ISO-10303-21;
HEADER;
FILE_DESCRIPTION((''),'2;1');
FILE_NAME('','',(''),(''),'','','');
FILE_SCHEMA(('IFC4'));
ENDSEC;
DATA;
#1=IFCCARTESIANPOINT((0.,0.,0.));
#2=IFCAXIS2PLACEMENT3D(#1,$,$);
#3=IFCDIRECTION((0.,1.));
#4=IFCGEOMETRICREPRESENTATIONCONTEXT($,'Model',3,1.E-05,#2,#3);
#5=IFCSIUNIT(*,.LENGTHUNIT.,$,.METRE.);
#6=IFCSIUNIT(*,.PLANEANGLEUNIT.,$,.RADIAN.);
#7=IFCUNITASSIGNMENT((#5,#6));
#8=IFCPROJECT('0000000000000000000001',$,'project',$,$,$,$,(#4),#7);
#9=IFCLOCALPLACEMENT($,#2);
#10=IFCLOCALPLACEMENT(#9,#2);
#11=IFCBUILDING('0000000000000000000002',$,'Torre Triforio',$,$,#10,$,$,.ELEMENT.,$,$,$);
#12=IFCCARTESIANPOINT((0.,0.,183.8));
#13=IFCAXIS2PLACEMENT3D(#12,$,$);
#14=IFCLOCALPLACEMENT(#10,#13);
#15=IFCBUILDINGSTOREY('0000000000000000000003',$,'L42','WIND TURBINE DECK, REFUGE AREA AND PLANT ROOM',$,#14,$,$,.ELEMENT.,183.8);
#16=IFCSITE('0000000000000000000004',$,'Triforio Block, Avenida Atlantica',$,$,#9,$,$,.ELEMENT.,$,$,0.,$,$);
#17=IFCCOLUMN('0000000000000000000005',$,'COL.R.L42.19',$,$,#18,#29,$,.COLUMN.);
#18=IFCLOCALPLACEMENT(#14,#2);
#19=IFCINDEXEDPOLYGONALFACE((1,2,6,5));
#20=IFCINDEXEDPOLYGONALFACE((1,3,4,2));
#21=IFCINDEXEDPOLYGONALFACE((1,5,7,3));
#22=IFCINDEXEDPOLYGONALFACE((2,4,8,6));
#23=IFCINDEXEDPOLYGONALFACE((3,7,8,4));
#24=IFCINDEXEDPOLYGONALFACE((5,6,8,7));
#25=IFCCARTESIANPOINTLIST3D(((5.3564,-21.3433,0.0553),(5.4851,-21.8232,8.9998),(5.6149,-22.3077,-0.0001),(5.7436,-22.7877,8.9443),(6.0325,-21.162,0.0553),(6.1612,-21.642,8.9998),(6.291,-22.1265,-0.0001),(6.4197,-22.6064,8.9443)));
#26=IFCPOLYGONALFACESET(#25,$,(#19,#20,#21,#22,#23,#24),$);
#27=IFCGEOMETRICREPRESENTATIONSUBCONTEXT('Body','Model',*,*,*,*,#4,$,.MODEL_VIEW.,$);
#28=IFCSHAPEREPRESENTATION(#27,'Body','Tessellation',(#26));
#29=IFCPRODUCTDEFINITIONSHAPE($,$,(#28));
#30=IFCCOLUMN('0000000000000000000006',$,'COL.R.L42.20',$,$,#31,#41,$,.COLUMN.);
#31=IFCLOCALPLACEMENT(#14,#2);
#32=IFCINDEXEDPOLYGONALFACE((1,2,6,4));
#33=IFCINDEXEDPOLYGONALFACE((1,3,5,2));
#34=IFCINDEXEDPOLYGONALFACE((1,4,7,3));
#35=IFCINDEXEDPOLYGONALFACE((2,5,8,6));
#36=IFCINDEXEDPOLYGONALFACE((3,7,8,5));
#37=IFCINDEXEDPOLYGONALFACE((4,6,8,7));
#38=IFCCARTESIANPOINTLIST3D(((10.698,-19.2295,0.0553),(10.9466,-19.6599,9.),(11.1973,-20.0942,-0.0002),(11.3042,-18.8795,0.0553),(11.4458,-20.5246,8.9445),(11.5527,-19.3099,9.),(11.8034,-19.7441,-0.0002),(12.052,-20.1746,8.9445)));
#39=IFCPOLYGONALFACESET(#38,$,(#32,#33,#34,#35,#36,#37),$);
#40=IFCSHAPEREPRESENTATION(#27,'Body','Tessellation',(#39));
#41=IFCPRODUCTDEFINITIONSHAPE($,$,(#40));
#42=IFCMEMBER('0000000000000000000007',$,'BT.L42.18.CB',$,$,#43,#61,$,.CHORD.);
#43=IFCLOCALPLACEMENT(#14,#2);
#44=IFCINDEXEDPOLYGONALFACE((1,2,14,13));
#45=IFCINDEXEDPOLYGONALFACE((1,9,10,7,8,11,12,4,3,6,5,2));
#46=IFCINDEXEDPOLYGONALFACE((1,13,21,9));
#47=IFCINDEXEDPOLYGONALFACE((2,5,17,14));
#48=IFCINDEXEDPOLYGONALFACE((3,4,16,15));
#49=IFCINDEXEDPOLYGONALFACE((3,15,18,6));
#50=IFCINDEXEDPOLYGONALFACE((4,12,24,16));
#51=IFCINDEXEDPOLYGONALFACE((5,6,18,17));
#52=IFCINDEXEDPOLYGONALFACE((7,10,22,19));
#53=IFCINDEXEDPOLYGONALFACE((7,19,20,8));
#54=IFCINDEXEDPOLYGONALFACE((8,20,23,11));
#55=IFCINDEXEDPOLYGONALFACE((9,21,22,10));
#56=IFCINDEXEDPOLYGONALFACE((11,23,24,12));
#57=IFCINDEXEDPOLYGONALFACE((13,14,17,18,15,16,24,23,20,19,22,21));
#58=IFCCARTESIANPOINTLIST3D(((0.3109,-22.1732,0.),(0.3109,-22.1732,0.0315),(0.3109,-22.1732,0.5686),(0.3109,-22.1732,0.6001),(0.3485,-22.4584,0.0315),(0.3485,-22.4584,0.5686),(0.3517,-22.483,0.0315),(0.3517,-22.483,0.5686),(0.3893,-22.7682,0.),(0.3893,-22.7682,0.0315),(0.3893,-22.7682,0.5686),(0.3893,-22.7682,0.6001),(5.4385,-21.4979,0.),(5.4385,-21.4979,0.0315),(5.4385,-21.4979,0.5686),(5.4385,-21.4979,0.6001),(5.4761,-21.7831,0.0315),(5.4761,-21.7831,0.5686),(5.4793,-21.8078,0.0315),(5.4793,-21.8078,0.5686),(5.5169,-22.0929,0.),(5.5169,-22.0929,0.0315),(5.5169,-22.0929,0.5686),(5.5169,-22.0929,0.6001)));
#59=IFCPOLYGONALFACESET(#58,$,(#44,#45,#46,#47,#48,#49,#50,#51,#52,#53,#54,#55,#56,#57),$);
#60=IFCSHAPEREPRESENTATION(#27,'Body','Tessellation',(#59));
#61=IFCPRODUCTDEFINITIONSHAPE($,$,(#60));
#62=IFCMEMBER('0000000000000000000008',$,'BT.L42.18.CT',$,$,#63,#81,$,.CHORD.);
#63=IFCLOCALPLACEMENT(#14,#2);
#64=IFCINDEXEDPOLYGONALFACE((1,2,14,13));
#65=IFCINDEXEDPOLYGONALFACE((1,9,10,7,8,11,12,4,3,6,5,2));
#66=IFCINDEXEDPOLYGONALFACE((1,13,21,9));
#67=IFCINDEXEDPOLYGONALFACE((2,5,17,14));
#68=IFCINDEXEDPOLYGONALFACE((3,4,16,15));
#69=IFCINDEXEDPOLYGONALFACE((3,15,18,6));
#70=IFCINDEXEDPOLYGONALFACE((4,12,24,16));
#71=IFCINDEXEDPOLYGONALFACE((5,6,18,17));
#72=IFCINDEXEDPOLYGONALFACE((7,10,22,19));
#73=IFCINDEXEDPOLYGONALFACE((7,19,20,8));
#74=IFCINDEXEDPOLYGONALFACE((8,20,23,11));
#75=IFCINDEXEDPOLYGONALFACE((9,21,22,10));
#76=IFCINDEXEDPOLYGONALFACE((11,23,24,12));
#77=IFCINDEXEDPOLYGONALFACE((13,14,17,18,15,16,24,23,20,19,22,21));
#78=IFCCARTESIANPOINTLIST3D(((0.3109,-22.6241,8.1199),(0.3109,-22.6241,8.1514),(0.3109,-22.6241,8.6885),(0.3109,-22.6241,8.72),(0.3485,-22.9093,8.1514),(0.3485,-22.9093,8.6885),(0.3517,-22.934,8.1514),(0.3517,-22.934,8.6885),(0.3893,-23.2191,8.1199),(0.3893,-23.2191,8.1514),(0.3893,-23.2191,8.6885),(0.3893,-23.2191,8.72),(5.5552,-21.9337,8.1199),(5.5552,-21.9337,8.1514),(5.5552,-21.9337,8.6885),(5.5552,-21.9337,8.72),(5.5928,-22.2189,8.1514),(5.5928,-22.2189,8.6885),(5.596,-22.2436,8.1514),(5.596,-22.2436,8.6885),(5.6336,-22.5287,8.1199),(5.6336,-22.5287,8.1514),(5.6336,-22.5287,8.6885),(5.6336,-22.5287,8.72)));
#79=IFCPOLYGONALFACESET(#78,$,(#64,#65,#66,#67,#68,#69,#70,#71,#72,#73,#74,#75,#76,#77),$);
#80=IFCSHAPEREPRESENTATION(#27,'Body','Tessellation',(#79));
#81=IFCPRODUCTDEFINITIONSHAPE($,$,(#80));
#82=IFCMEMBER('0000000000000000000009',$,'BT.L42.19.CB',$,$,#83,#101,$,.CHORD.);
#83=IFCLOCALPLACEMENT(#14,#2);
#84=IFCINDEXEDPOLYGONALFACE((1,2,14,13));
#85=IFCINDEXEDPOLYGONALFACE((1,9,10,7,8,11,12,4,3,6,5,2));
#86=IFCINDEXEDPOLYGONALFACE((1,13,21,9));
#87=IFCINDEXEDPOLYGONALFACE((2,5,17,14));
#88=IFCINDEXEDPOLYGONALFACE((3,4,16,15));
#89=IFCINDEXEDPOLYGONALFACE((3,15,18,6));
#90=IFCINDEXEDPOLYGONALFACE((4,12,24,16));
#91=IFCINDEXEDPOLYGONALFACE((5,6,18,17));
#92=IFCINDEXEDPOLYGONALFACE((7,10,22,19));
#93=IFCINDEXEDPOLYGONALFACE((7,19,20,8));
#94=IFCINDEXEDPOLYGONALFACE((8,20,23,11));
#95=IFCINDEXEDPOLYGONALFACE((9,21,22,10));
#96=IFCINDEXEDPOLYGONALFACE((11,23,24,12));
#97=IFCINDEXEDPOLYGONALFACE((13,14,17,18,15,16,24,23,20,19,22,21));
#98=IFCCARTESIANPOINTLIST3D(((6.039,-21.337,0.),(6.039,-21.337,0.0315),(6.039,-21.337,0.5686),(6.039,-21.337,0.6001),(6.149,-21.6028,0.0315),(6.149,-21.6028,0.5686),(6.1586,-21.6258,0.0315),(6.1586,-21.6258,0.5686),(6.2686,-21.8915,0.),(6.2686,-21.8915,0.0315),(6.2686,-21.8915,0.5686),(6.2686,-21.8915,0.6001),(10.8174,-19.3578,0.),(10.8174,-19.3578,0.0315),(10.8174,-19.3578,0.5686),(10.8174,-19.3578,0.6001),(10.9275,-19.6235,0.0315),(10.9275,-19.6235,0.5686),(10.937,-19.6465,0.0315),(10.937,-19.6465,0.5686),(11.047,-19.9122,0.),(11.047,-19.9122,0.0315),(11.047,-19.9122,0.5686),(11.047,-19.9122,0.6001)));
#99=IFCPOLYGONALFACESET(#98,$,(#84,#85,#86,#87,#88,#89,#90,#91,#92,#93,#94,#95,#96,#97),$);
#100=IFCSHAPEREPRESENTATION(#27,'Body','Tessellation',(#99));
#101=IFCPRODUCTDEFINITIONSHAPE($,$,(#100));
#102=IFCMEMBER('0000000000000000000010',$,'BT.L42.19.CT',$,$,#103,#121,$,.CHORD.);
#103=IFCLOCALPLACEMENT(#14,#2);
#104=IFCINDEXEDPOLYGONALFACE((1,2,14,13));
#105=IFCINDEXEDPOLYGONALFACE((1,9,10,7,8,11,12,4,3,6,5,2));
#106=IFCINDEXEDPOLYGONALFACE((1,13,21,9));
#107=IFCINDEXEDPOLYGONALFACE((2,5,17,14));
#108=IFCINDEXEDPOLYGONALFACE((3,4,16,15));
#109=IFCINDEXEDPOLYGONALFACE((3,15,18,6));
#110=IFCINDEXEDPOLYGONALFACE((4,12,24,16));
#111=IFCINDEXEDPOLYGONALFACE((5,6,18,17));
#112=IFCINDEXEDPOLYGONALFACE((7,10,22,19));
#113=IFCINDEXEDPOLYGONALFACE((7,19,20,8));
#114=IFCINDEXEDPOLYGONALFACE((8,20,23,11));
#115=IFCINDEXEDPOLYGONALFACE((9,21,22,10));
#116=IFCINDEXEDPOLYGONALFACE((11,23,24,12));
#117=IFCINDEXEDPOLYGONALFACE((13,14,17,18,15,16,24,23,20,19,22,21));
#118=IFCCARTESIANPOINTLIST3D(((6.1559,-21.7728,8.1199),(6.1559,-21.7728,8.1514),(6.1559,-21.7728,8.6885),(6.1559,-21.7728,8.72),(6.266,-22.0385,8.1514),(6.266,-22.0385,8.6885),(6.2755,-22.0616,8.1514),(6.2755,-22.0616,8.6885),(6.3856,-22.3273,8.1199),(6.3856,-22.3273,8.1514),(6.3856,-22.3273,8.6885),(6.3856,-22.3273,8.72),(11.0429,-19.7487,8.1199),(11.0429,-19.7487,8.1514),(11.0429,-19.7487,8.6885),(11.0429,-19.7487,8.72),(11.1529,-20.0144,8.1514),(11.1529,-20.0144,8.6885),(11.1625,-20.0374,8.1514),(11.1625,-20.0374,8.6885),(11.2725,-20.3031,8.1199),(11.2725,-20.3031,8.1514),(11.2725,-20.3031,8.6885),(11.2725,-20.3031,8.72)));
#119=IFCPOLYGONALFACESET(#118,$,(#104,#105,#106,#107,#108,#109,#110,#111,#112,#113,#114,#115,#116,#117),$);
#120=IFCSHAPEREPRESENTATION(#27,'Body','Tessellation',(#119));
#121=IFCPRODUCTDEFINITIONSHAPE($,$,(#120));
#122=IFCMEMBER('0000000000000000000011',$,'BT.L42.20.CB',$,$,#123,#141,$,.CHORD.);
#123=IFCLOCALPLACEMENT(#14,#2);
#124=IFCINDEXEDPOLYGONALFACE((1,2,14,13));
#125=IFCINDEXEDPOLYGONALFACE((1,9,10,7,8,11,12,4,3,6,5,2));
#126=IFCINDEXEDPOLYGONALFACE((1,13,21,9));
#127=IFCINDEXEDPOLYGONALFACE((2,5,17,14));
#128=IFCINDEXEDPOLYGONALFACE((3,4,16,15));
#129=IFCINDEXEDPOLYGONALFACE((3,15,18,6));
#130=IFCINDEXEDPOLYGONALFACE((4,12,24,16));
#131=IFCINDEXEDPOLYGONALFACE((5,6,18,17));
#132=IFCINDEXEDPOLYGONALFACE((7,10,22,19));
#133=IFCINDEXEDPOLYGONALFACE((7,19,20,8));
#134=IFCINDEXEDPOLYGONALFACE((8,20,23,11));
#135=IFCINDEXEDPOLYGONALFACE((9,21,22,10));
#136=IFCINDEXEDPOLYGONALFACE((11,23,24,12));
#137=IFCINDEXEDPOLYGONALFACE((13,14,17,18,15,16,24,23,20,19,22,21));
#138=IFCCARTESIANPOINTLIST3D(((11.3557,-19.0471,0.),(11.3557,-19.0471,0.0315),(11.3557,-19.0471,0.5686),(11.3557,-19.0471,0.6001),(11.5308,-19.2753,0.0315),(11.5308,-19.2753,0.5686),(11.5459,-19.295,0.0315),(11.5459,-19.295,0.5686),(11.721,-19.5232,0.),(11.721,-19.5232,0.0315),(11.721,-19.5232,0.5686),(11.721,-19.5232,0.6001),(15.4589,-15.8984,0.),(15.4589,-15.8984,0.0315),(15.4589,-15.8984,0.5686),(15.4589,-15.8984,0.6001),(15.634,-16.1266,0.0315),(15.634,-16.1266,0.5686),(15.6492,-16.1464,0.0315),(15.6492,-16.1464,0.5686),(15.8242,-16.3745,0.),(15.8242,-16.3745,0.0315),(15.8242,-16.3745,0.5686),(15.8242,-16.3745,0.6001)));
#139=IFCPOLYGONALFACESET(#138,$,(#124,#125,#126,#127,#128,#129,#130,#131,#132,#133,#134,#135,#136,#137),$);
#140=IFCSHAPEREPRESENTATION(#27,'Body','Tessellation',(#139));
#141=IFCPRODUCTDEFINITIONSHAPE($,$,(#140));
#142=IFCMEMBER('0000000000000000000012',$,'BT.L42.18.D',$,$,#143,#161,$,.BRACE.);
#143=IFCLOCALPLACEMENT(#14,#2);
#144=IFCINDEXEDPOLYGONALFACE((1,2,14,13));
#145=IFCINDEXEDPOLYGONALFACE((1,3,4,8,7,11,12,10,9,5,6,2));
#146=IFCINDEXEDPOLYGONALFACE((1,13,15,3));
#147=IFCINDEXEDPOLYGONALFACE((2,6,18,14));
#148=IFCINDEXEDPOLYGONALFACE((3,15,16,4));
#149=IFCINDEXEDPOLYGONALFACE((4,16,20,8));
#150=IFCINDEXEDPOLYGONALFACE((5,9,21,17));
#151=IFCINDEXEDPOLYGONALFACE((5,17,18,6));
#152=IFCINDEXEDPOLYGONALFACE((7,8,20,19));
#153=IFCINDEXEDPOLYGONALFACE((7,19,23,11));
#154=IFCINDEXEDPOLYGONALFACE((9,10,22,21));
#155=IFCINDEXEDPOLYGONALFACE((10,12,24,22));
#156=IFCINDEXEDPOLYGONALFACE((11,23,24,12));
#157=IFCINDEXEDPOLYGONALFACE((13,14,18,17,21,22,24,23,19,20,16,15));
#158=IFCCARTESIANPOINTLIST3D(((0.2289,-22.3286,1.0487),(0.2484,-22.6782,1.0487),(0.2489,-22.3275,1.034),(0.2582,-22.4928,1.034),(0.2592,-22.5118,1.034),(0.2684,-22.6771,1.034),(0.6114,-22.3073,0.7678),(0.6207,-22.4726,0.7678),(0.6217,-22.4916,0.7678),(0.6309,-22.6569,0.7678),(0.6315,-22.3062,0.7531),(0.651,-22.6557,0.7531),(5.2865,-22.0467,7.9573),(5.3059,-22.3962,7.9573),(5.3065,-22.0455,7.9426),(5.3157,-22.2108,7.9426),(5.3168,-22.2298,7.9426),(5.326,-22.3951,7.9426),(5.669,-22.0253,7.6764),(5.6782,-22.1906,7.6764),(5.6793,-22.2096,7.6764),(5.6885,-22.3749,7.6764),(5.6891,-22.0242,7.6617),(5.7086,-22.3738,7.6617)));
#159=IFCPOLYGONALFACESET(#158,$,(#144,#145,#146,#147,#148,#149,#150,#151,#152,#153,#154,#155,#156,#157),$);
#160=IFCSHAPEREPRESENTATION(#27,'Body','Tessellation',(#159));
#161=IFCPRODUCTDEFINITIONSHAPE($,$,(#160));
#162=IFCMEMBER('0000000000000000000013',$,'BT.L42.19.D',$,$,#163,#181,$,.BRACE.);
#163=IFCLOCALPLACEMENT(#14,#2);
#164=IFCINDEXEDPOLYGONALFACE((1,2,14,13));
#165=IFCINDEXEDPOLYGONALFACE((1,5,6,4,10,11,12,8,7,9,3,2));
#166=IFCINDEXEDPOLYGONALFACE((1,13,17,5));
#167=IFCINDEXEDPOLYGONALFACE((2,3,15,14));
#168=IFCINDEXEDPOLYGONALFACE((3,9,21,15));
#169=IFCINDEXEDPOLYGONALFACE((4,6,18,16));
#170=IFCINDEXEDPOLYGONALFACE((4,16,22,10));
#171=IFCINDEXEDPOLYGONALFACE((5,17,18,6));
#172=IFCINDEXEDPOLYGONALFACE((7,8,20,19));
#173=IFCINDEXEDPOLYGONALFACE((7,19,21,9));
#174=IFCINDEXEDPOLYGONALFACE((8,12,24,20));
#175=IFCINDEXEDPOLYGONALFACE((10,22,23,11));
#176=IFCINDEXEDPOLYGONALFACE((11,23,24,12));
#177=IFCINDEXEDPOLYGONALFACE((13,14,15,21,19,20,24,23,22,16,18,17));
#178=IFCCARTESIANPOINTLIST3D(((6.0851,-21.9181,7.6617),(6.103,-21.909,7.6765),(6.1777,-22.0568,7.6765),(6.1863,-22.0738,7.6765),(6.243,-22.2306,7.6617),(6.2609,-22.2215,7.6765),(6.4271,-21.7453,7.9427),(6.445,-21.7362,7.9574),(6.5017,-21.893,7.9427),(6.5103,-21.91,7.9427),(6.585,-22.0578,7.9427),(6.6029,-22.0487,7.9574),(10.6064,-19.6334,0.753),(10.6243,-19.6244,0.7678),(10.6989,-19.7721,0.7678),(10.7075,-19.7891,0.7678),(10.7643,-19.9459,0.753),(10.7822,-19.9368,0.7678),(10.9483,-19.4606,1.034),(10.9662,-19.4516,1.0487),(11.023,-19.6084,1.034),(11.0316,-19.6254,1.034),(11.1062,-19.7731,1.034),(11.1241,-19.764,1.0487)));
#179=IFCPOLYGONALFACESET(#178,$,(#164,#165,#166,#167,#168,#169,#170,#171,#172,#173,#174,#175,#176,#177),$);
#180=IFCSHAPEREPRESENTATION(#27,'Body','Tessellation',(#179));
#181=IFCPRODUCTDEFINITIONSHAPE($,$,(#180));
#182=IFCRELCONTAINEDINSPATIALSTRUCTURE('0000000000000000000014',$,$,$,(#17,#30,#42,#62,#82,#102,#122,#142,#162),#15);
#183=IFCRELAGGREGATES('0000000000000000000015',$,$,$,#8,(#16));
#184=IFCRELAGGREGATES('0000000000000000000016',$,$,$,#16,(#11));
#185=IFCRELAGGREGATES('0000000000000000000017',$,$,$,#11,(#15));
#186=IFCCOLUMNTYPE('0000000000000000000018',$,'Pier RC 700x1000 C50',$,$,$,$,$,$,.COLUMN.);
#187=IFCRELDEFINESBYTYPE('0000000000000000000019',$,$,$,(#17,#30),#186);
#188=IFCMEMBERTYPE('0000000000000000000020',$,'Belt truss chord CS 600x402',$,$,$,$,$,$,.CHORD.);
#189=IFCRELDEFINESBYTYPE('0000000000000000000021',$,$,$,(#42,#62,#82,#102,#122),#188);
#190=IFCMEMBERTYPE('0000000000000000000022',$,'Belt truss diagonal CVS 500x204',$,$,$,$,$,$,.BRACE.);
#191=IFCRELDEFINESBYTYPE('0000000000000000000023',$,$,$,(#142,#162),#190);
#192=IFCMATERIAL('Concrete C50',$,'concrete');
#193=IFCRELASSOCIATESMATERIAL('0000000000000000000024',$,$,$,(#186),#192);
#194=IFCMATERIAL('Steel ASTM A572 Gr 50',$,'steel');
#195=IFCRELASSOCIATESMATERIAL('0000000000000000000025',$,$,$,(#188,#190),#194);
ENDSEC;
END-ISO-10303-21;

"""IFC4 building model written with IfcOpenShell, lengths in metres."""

from ifc_helpers import new_model, si_unit, direction, frame, origin, origin_2d, place, context, subcontext, project, spatial, rectangle, i_section, extrude, material, material_profile, profile_set, type_object, element, save


model = new_model("IFC4")

# Units and contexts
model_context = context("Model", 3, precision=1e-05, world=origin(), true_north=direction((0.0, 1.0)))
body_context = subcontext(model_context, "Body", "Model", "MODEL_VIEW")
ifc_project = project(units=[si_unit("LENGTHUNIT", "METRE"), si_unit("PLANEANGLEUNIT", "RADIAN")], contexts=[model_context])

# Site, building, storey
site_placement = place(None, origin())
site = spatial("IfcSite", under=ifc_project, at=site_placement, Name="Triforio Block, Avenida Atlantica", CompositionType="ELEMENT", RefElevation=0.0)
building_placement = place(site_placement, origin())
building = spatial("IfcBuilding", under=site, at=building_placement, Name="Torre Triforio", CompositionType="ELEMENT")
storey_placement = place(building_placement, frame((0.0, 0.0, 183.8)))
storey = spatial("IfcBuildingStorey", under=building, at=storey_placement, Name="L42", Description="WIND TURBINE DECK, REFUGE AREA AND PLANT ROOM", CompositionType="ELEMENT", Elevation=183.8)

# Columns
ifc_material_1 = material(Name="Concrete C50", Category="concrete")
ifc_material_profile_1 = material_profile(ifc_material_1, rectangle(XDim=0.7, YDim=1.0, at=origin_2d()), Name="RC 700x1000")
ifc_profile_set_1 = profile_set([ifc_material_profile_1], Name="Concrete C50")
column_type = type_object("IfcColumnType", Name="Pier RC 700x1000 C50", PredefinedType="COLUMN", material=ifc_profile_set_1)
column_1_placement = place(storey_placement, frame((5.8237, -21.7349, 0.0276), z_axis=(0.014362, -0.053579, 0.99846), x_axis=(0.9659, 0.258916, 0.0)))
element("IfcColumn", 1, at=column_1_placement, inside=storey, type_object=column_type, Name="COL.R.L42.19", PredefinedType="COLUMN", context=body_context, shape_type="SweptSolid", body=[
    extrude(rectangle(XDim=0.7, YDim=1.0, at=origin_2d()), origin(), (0.0, 0.0, 1.0), 8.9583),
])
column_2_placement = place(storey_placement, frame((11.2507, -19.4868, 0.0276), z_axis=(0.027743, -0.048047, 0.99846), x_axis=(0.865997, 0.500048, 0.0)))
element("IfcColumn", 2, at=column_2_placement, inside=storey, type_object=column_type, Name="COL.R.L42.20", PredefinedType="COLUMN", context=body_context, shape_type="SweptSolid", body=[
    extrude(rectangle(XDim=0.7, YDim=1.0, at=origin_2d()), origin(), (0.0, 0.0, 1.0), 8.9585),
])

# Members
ifc_material_2 = material(Name="Steel ASTM A572 Gr 50", Category="steel")
ifc_material_profile_2 = material_profile(ifc_material_2, i_section(OverallWidth=0.6001, OverallDepth=0.6001, WebThickness=0.0249, FlangeThickness=0.0315, at=origin_2d()), Name="CS 600x402")
ifc_profile_set_2 = profile_set([ifc_material_profile_2], Name="Steel ASTM A572 Gr 50")
member_type_1 = type_object("IfcMemberType", Name="Belt truss chord CS 600x402", PredefinedType="CHORD", material=ifc_profile_set_2)
member_1_placement = place(storey_placement, frame((0.3501, -22.4707, 0.3), z_axis=(0.991439, 0.130568, 0.0), x_axis=(-0.130568, 0.991439, 0.0)))
element("IfcMember", 3, at=member_1_placement, inside=storey, type_object=member_type_1, Name="BT.L42.18.CB", PredefinedType="CHORD", context=body_context, shape_type="SweptSolid", body=[
    extrude(i_section(OverallWidth=0.6001, OverallDepth=0.6001, WebThickness=0.0249, FlangeThickness=0.0315, at=origin_2d()), origin(), (0.0, 0.0, 1.0), 5.1719),
])
member_2_placement = place(storey_placement, frame((0.3501, -22.9216, 8.4199), z_axis=(0.991445, 0.130525, 0.0), x_axis=(-0.130525, 0.991445, 0.0)))
element("IfcMember", 4, at=member_2_placement, inside=storey, type_object=member_type_1, Name="BT.L42.18.CT", PredefinedType="CHORD", context=body_context, shape_type="SweptSolid", body=[
    extrude(i_section(OverallWidth=0.6001, OverallDepth=0.6001, WebThickness=0.0249, FlangeThickness=0.0315, at=origin_2d()), origin(), (0.0, 0.0, 1.0), 5.2896),
])
member_3_placement = place(storey_placement, frame((6.1538, -21.6143, 0.3), z_axis=(0.923879, 0.382684, 0.0), x_axis=(-0.382684, 0.923879, 0.0)))
element("IfcMember", 5, at=member_3_placement, inside=storey, type_object=member_type_1, Name="BT.L42.19.CB", PredefinedType="CHORD", context=body_context, shape_type="SweptSolid", body=[
    extrude(i_section(OverallWidth=0.6001, OverallDepth=0.6001, WebThickness=0.0249, FlangeThickness=0.0315, at=origin_2d()), origin(), (0.0, 0.0, 1.0), 5.1721),
])
member_4_placement = place(storey_placement, frame((6.2708, -22.05, 8.4199), z_axis=(0.923885, 0.382671, 0.0), x_axis=(-0.382671, 0.923885, 0.0)))
element("IfcMember", 6, at=member_4_placement, inside=storey, type_object=member_type_1, Name="BT.L42.19.CT", PredefinedType="CHORD", context=body_context, shape_type="SweptSolid", body=[
    extrude(i_section(OverallWidth=0.6001, OverallDepth=0.6001, WebThickness=0.0249, FlangeThickness=0.0315, at=origin_2d()), origin(), (0.0, 0.0, 1.0), 5.2896),
])
member_5_placement = place(storey_placement, frame((11.5383, -19.2852, 0.3), z_axis=(0.793341, 0.608777, 0.0), x_axis=(-0.608777, 0.793341, 0.0)))
element("IfcMember", 7, at=member_5_placement, inside=storey, type_object=member_type_1, Name="BT.L42.20.CB", PredefinedType="CHORD", context=body_context, shape_type="SweptSolid", body=[
    extrude(i_section(OverallWidth=0.6001, OverallDepth=0.6001, WebThickness=0.0249, FlangeThickness=0.0315, at=origin_2d()), origin(), (0.0, 0.0, 1.0), 5.1721),
])
ifc_material_profile_3 = material_profile(ifc_material_2, i_section(OverallWidth=0.3501, OverallDepth=0.5, WebThickness=0.019, FlangeThickness=0.0249, at=origin_2d()), Name="CVS 500x204")
ifc_profile_set_3 = profile_set([ifc_material_profile_3], Name="Steel ASTM A572 Gr 50")
member_type_2 = type_object("IfcMemberType", Name="Belt truss diagonal CVS 500x204", PredefinedType="BRACE", material=ifc_profile_set_3)
member_6_placement = place(storey_placement, frame((0.4399, -22.4922, 0.9009), z_axis=(0.590378, 0.032916, 0.806455), x_axis=(-0.055668, 0.998449, 0.0)))
element("IfcMember", 8, at=member_6_placement, inside=storey, type_object=member_type_2, Name="BT.L42.18.D", PredefinedType="BRACE", context=body_context, shape_type="SweptSolid", body=[
    extrude(i_section(OverallWidth=0.3501, OverallDepth=0.5, WebThickness=0.019, FlangeThickness=0.0249, at=origin_2d()), origin(), (0.0, 0.0, 1.0), 8.5667),
])
for number, where, z_axis, x_axis, name in (
    (9, (6.344, -21.9834, 7.8096), (0.527758, 0.266686, -0.806442), (-0.451007, 0.89252, 0.0), "BT.L42.19.D"),
):
    element("IfcMember", number, at=place(storey_placement, frame(where, z_axis=z_axis, x_axis=x_axis)), inside=storey, type_object=member_type_2, Name=name, PredefinedType="BRACE", context=body_context, shape_type="SweptSolid", body=[
        extrude(i_section(OverallWidth=0.3501, OverallDepth=0.5, WebThickness=0.019, FlangeThickness=0.0249, at=origin_2d()), origin(), (0.0, 0.0, 1.0), 8.5669),
    ])

save(model, "model.ifc")
